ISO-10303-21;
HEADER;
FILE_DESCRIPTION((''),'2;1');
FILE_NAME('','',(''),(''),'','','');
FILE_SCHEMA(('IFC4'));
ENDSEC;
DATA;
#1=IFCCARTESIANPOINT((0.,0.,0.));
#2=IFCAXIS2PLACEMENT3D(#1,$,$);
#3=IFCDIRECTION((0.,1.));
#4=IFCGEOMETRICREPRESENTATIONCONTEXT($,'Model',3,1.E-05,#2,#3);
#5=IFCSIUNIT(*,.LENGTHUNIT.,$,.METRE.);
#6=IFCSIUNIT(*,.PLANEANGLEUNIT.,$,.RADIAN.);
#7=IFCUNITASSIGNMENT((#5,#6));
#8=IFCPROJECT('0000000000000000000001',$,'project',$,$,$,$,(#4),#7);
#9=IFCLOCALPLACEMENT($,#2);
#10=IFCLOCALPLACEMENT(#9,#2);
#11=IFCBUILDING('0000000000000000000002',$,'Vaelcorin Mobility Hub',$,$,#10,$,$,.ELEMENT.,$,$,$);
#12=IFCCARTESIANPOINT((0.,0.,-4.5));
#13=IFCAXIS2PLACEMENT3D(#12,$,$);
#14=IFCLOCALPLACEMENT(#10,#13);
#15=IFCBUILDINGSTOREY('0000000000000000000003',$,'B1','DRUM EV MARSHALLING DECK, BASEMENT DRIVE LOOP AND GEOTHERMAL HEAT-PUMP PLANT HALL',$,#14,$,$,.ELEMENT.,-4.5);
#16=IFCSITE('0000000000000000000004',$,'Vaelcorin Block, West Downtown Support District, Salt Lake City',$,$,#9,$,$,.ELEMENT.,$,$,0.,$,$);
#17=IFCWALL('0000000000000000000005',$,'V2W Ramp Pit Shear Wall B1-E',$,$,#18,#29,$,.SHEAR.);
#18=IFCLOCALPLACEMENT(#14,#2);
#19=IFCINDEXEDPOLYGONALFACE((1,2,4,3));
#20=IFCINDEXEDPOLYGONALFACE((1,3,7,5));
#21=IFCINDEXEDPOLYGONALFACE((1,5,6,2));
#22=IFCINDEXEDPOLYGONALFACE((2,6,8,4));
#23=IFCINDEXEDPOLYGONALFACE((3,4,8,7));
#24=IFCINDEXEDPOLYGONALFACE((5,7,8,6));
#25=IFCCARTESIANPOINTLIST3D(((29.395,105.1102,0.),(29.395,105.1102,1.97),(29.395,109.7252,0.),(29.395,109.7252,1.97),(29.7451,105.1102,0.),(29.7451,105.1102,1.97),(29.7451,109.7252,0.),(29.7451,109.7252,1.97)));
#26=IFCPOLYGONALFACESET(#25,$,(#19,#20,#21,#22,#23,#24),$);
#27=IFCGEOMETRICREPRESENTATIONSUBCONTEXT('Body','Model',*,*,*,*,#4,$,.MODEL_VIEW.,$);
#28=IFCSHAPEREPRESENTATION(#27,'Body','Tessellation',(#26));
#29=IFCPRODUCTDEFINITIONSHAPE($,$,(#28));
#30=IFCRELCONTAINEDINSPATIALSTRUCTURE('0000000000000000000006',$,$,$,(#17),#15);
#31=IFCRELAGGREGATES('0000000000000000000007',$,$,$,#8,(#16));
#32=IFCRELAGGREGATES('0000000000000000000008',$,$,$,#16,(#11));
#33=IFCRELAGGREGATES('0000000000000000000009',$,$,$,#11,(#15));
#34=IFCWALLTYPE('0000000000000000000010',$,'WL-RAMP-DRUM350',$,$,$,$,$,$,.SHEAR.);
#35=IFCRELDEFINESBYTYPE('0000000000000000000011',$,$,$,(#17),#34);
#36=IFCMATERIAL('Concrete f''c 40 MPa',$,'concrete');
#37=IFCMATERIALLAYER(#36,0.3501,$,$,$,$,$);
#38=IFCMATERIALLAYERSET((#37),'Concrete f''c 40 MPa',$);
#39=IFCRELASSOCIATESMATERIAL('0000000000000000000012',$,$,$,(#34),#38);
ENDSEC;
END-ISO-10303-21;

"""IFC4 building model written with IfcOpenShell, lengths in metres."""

from ifc_helpers import new_model, si_unit, direction, frame, frame_2d, origin, place, context, subcontext, project, spatial, rectangle, extrude, material, layer, layer_set, type_object, element, save


model = new_model("IFC4")

# Units and contexts
model_context = context("Model", 3, precision=1e-05, world=origin(), true_north=direction((0.0, 1.0)))
body_context = subcontext(model_context, "Body", "Model", "MODEL_VIEW")
ifc_project = project(units=[si_unit("LENGTHUNIT", "METRE"), si_unit("PLANEANGLEUNIT", "RADIAN")], contexts=[model_context])

# Site, building, storey
site_placement = place(None, origin())
site = spatial("IfcSite", under=ifc_project, at=site_placement, Name="Vaelcorin Block, West Downtown Support District, Salt Lake City", CompositionType="ELEMENT", RefElevation=0.0)
building_placement = place(site_placement, origin())
building = spatial("IfcBuilding", under=site, at=building_placement, Name="Vaelcorin Mobility Hub", CompositionType="ELEMENT")
storey_placement = place(building_placement, frame((0.0, 0.0, -4.5)))
storey = spatial("IfcBuildingStorey", under=building, at=storey_placement, Name="B1", Description="DRUM EV MARSHALLING DECK, BASEMENT DRIVE LOOP AND GEOTHERMAL HEAT-PUMP PLANT HALL", CompositionType="ELEMENT", Elevation=-4.5)

# Shared definitions
ifc_material_1 = material(Name="Concrete f'c 40 MPa", Category="concrete")

# Wall
ifc_layer_1 = layer(ifc_material_1, 0.3501)
ifc_layer_set_1 = layer_set([ifc_layer_1], Name="Concrete f'c 40 MPa")
wall_type = type_object("IfcWallType", Name="WL-RAMP-DRUM350", PredefinedType="SHEAR", material=ifc_layer_set_1)
wall_placement = place(storey_placement, frame((29.5701, 105.1101, 0.0), z_axis=(0.0, 0.0, 1.0), x_axis=(0.0, 1.0, 0.0)))
element("IfcWall", 1, at=wall_placement, inside=storey, type_object=wall_type, Name="V2W Ramp Pit Shear Wall B1-E", PredefinedType="SHEAR", context=body_context, shape_type="SweptSolid", body=[
    extrude(rectangle(XDim=4.615, YDim=0.3501, at=frame_2d((2.3076, 0.0))), origin(), (0.0, 0.0, 1.0), 1.97),
])

save(model, "model.ifc")
